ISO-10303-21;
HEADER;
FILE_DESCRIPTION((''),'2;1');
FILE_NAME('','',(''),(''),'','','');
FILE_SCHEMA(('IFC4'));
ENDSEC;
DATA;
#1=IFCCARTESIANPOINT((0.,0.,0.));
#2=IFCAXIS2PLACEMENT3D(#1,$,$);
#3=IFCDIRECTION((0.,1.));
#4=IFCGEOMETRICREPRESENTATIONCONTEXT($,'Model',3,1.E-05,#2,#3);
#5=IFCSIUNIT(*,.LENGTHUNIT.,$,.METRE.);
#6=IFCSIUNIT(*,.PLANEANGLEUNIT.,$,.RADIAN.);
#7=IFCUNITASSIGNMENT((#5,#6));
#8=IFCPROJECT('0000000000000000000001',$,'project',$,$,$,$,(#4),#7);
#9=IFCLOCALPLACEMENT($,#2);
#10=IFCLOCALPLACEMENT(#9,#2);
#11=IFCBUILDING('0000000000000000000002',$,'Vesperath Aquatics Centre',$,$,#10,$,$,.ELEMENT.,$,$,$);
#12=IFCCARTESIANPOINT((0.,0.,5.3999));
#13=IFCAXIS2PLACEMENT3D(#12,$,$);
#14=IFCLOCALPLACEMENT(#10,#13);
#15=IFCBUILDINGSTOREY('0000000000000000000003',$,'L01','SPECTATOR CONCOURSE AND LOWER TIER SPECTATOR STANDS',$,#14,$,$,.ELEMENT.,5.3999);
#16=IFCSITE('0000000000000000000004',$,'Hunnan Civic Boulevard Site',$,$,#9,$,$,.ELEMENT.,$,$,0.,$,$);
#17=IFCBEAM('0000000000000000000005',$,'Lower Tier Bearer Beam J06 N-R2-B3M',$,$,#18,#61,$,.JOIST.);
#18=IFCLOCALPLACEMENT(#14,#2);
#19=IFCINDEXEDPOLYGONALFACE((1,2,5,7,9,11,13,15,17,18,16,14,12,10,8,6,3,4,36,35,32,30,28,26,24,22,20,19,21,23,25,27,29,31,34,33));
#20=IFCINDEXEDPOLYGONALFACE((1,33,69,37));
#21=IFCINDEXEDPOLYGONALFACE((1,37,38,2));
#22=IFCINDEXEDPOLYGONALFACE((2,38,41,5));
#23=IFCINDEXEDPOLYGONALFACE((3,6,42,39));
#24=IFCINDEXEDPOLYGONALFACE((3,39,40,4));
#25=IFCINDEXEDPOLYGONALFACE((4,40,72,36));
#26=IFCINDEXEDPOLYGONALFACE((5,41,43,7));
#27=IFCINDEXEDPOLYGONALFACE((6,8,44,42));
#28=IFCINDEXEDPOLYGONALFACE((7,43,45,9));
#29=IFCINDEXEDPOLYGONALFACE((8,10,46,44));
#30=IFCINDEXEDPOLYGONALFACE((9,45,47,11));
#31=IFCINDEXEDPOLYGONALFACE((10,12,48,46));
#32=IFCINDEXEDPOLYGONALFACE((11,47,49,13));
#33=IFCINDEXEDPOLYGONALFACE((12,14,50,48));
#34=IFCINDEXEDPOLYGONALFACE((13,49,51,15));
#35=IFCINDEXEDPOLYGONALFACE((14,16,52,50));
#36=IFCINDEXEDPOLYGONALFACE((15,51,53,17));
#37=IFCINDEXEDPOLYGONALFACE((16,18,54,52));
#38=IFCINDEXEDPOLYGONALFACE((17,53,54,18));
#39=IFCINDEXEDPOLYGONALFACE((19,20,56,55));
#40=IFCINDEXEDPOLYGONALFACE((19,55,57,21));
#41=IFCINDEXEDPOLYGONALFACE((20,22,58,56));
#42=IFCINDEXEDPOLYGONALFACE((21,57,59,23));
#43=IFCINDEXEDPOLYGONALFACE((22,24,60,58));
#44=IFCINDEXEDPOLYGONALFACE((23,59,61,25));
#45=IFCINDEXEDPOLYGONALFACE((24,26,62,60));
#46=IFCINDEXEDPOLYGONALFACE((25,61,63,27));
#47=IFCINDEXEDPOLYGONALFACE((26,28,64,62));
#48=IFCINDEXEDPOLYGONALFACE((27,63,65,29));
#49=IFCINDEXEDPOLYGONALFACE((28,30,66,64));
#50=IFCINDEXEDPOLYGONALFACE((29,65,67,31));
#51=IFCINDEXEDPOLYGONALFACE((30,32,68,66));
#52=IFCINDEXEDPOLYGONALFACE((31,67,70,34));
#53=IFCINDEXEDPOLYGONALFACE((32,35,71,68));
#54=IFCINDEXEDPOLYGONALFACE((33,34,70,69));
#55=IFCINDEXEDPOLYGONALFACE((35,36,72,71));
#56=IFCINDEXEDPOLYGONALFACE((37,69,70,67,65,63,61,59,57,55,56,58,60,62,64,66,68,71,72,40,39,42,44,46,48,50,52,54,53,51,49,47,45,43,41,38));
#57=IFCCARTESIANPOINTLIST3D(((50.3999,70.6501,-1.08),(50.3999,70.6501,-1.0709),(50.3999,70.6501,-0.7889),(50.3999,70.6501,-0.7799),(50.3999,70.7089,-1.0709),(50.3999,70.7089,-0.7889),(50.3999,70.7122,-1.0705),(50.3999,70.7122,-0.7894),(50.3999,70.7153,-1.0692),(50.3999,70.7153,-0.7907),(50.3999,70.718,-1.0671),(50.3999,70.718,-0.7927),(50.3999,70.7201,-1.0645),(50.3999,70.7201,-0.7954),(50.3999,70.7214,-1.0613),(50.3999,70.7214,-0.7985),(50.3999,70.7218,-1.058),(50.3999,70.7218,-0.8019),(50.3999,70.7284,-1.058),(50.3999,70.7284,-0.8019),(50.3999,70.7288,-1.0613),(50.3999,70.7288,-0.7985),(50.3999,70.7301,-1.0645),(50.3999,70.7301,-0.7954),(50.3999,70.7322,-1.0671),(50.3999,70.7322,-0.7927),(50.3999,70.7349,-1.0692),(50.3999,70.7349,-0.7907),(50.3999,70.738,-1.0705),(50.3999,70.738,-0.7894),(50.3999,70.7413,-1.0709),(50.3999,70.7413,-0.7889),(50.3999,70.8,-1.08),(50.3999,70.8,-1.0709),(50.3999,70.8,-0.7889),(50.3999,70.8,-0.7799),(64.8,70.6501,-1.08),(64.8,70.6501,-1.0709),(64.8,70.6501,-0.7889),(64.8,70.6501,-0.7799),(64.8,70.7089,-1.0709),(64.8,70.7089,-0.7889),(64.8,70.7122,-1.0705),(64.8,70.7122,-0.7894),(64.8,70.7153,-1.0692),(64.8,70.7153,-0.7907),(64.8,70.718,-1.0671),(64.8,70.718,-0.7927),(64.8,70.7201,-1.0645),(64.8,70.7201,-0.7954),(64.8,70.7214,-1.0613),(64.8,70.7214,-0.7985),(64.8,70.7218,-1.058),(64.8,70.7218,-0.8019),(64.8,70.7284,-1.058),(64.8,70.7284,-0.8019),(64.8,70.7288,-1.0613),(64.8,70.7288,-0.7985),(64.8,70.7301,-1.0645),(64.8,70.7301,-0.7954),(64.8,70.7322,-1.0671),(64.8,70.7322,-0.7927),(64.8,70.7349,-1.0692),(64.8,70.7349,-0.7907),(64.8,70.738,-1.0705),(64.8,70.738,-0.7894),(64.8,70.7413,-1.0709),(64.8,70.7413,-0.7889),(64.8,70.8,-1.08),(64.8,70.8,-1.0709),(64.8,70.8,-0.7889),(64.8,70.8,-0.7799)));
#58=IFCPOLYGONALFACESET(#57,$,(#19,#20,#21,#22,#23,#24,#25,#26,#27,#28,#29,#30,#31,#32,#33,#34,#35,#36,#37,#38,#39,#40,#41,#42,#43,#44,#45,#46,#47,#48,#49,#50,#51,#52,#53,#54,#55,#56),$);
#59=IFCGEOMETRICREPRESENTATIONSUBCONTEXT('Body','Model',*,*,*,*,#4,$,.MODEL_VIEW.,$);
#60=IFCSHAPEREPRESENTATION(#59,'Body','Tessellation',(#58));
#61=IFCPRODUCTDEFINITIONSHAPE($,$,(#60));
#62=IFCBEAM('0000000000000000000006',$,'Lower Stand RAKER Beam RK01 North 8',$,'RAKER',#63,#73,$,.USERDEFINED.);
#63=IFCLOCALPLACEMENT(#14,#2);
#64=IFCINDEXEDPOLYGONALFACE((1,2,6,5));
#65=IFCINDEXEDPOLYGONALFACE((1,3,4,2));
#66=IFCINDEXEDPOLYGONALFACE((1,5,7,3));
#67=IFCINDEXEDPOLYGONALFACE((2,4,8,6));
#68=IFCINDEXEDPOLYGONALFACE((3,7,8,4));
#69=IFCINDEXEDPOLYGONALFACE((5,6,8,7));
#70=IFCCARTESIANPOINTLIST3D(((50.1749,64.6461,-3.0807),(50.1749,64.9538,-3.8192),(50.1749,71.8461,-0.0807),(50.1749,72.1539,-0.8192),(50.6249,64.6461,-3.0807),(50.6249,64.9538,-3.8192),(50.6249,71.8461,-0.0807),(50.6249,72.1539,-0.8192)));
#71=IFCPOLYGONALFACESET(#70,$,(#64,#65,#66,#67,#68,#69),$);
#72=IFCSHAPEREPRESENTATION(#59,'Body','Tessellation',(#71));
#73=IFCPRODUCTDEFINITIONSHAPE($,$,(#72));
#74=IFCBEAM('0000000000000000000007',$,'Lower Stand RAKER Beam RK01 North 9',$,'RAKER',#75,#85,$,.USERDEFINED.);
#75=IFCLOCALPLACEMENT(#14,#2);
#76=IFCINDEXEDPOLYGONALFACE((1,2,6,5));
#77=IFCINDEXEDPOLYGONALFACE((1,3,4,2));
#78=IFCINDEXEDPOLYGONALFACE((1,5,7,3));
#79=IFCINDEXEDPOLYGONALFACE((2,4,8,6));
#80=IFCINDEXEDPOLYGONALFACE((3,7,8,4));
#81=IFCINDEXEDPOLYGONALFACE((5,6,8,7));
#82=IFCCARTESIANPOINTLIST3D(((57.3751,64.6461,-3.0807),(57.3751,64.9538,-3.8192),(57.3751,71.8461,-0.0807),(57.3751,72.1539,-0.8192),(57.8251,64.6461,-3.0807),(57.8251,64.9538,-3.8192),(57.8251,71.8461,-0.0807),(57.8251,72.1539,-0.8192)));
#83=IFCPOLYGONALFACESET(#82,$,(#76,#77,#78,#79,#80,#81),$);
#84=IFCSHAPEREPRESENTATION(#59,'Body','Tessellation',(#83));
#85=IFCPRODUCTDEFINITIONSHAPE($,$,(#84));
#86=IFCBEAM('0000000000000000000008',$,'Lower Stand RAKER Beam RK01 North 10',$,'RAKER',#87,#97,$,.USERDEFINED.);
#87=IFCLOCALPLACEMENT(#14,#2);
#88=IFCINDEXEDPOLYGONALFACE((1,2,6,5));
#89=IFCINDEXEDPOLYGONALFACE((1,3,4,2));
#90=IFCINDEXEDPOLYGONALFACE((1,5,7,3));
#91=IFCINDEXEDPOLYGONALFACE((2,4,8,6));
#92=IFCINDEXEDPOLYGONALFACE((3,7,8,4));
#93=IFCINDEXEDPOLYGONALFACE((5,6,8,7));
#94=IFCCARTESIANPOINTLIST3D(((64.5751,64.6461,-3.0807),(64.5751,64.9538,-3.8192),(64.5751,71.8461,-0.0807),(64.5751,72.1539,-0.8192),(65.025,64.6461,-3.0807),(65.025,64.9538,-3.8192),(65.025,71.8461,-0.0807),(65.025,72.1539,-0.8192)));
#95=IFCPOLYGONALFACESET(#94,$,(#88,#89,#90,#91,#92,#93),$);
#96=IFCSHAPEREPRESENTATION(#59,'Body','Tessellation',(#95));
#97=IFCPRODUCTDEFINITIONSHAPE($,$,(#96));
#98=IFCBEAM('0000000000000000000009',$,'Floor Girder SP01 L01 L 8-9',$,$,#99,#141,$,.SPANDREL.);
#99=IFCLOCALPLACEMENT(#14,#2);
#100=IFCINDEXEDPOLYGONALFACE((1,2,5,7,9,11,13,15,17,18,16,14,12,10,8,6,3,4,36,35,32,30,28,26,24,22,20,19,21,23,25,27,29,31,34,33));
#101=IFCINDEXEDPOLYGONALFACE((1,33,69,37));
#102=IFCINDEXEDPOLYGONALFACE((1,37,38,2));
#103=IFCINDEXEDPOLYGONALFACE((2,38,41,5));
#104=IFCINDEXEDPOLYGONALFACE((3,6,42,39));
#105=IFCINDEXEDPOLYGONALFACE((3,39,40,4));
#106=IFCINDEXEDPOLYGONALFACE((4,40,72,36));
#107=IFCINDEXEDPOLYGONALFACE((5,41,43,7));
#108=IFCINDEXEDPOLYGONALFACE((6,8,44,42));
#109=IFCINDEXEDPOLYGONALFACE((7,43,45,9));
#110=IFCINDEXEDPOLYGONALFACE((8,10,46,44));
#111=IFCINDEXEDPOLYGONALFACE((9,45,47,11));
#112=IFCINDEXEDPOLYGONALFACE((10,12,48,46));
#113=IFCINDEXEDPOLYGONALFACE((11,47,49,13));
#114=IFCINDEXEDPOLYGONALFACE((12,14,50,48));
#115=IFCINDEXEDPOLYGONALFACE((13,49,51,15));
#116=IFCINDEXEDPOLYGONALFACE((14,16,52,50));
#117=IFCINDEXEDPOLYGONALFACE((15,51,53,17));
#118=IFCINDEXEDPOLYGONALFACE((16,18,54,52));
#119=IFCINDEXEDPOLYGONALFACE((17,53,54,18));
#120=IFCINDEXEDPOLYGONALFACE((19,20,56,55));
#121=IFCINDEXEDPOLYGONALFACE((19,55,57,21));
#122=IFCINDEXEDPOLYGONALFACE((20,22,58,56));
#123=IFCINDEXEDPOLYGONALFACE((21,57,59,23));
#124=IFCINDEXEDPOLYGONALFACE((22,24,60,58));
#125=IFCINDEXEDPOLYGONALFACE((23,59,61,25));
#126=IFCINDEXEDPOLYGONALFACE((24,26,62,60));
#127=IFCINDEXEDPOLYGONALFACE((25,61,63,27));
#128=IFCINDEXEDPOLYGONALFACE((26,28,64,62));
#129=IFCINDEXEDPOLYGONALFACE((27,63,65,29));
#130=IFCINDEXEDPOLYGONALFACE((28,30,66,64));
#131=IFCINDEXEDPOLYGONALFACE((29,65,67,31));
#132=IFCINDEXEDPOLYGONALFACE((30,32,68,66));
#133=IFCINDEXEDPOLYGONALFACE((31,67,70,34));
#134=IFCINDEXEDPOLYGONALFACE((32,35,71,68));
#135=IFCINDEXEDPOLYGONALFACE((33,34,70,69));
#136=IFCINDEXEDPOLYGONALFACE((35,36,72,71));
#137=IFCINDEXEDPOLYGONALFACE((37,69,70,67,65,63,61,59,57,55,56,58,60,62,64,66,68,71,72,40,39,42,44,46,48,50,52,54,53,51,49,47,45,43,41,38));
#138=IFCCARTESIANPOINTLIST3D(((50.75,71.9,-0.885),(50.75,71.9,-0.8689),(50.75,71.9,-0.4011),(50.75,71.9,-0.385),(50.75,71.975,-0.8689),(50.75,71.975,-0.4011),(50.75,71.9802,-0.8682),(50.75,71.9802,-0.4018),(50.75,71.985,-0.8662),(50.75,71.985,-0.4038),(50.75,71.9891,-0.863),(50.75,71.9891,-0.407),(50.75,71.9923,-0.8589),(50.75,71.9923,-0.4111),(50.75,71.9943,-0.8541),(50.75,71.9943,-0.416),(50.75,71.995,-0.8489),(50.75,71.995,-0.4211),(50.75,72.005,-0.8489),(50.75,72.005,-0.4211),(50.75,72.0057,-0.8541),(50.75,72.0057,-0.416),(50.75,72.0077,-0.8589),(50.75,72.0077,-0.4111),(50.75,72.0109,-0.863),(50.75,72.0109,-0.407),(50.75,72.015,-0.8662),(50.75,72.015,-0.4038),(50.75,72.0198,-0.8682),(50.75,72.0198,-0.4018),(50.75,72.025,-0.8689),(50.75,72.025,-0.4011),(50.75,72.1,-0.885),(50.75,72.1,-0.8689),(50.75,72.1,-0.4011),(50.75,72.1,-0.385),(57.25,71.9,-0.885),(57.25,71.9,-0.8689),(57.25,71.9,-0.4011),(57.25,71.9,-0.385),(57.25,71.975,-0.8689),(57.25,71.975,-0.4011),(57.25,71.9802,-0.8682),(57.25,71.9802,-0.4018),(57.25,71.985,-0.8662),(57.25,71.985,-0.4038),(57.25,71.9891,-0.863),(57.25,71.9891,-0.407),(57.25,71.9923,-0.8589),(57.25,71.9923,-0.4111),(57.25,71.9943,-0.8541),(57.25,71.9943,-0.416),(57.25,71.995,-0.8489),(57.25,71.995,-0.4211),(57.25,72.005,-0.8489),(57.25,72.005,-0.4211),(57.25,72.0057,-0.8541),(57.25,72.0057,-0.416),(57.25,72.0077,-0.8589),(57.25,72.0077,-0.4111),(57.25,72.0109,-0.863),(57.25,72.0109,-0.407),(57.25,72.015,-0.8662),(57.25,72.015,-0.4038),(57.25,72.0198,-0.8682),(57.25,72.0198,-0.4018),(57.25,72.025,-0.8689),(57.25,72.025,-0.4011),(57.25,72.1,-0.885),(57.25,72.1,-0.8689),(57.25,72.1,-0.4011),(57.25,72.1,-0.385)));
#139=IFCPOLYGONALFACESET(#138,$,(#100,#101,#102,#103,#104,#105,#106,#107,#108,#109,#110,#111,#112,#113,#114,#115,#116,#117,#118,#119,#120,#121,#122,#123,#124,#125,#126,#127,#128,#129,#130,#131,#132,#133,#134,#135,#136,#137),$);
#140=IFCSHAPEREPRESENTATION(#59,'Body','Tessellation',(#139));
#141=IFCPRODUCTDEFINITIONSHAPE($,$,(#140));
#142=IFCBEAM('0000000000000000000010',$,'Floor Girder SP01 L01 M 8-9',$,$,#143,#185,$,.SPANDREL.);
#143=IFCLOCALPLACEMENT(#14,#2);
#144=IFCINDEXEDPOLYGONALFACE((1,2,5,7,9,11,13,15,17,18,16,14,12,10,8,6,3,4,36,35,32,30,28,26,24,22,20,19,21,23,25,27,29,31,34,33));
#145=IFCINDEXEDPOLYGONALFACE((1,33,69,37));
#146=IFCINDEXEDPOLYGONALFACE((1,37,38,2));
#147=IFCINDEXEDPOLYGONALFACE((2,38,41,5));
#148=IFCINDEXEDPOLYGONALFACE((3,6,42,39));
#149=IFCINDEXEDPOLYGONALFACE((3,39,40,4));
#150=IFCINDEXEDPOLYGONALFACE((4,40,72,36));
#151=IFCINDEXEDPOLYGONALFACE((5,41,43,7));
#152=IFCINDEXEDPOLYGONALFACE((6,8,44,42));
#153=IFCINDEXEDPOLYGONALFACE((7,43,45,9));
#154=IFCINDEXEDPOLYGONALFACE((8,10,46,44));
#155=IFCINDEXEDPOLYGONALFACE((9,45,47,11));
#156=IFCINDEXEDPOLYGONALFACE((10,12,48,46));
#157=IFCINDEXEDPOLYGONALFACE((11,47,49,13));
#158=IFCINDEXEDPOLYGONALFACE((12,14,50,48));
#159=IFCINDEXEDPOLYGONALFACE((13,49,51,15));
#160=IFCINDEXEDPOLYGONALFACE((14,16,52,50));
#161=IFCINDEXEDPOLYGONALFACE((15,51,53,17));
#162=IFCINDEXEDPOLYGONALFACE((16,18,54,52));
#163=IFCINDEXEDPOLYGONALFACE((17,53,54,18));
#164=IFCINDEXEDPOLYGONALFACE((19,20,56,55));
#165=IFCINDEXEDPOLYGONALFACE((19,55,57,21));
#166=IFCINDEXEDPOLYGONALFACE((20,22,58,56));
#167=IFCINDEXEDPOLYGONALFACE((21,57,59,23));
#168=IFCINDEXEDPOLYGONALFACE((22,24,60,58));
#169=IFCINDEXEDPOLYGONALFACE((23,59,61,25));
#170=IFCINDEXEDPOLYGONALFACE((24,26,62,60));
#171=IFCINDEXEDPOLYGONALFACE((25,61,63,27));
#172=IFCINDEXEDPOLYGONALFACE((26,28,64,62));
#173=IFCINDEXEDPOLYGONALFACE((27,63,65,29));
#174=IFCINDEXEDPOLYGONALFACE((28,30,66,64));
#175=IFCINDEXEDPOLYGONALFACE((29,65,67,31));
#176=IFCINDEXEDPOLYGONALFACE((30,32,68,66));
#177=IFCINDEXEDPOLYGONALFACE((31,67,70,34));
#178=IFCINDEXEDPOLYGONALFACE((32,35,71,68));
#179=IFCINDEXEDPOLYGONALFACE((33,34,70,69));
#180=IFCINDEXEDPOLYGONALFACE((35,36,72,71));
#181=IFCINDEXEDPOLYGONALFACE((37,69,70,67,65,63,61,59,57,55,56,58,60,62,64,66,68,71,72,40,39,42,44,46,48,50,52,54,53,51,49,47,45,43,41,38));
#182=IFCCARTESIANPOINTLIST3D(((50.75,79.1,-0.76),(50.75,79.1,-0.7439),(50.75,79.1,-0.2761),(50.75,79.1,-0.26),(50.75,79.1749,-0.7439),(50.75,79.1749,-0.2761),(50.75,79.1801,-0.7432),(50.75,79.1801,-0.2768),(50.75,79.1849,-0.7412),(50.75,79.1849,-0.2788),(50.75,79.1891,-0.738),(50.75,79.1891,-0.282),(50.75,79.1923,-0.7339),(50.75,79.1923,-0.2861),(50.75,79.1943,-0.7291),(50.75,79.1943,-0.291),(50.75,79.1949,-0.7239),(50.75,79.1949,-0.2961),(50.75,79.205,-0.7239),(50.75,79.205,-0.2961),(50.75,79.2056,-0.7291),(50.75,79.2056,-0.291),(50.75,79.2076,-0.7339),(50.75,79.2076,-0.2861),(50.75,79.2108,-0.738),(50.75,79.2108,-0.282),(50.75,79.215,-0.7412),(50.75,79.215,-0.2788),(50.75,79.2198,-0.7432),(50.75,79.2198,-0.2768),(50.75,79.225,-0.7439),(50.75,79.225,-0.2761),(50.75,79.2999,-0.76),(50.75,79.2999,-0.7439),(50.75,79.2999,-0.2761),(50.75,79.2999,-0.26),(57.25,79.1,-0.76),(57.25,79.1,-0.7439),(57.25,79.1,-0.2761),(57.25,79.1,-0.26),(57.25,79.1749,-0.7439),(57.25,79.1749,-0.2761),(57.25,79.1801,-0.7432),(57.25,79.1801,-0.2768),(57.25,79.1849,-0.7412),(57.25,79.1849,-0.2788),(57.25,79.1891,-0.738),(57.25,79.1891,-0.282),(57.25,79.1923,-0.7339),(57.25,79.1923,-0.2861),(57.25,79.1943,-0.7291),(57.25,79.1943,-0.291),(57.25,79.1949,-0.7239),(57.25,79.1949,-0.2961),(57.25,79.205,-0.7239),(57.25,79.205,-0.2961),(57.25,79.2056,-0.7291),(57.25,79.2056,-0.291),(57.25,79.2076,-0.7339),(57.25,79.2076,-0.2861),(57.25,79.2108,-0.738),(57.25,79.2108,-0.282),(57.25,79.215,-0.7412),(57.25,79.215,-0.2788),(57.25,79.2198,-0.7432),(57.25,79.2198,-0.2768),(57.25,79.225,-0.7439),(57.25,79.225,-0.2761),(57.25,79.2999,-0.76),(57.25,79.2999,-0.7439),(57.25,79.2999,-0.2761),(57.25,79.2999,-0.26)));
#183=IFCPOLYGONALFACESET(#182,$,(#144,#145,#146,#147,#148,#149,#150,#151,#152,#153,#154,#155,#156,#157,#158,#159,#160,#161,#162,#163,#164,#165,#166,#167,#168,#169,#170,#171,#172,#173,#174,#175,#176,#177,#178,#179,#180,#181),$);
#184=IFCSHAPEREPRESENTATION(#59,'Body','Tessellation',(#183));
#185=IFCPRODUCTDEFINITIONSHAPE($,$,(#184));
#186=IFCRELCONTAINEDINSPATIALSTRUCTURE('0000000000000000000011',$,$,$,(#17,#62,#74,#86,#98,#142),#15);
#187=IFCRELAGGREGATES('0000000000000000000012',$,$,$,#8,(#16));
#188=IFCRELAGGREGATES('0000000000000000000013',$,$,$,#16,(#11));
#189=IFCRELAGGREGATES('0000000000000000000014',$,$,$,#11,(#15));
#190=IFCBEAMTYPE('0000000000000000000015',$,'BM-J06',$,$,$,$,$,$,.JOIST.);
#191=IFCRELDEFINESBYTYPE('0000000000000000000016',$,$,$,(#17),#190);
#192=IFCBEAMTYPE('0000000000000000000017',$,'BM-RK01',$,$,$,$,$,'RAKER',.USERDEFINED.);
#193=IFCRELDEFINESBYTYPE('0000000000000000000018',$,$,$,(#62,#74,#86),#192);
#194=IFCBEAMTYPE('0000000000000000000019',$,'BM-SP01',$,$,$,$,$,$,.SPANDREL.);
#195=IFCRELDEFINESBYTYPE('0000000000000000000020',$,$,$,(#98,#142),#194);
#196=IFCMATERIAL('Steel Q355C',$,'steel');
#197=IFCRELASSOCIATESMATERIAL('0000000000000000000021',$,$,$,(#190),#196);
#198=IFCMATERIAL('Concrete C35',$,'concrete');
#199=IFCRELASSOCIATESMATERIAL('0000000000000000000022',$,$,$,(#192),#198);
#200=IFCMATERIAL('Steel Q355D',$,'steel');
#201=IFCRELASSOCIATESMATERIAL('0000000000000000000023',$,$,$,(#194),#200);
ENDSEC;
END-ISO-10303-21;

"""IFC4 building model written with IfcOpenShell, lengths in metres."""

from ifc_helpers import new_model, si_unit, direction, frame, origin, origin_2d, place, context, subcontext, project, spatial, rectangle, i_section, extrude, material, material_profile, profile_set, type_object, element, save


model = new_model("IFC4")

# Units and contexts
model_context = context("Model", 3, precision=1e-05, world=origin(), true_north=direction((0.0, 1.0)))
body_context = subcontext(model_context, "Body", "Model", "MODEL_VIEW")
ifc_project = project(units=[si_unit("LENGTHUNIT", "METRE"), si_unit("PLANEANGLEUNIT", "RADIAN")], contexts=[model_context])

# Site, building, storey
site_placement = place(None, origin())
site = spatial("IfcSite", under=ifc_project, at=site_placement, Name="Hunnan Civic Boulevard Site", CompositionType="ELEMENT", RefElevation=0.0)
building_placement = place(site_placement, origin())
building = spatial("IfcBuilding", under=site, at=building_placement, Name="Vesperath Aquatics Centre", CompositionType="ELEMENT")
storey_placement = place(building_placement, frame((0.0, 0.0, 5.3999)))
storey = spatial("IfcBuildingStorey", under=building, at=storey_placement, Name="L01", Description="SPECTATOR CONCOURSE AND LOWER TIER SPECTATOR STANDS", CompositionType="ELEMENT", Elevation=5.3999)

# Beams
ifc_material_1 = material(Name="Concrete C35", Category="concrete")
ifc_material_2 = material(Name="Steel Q355C", Category="steel")
ifc_material_profile_1 = material_profile(ifc_material_2, i_section(OverallWidth=0.1499, OverallDepth=0.3, WebThickness=0.0066, FlangeThickness=0.009, FilletRadius=0.0129, at=origin_2d()), Name="HN 300x150x6.5x9")
ifc_profile_set_1 = profile_set([ifc_material_profile_1], Name="Steel Q355C")
beam_type_1 = type_object("IfcBeamType", Name="BM-J06", PredefinedType="JOIST", material=ifc_profile_set_1)
for number, where, z_axis, x_axis, name in (
    (1, (50.3999, 70.7251, -0.9299), (1.0, 0.0, 0.0), (0.0, 1.0, 0.0), "Lower Tier Bearer Beam J06 N-R2-B3M"),
):
    element("IfcBeam", number, at=place(storey_placement, frame(where, z_axis=z_axis, x_axis=x_axis)), inside=storey, type_object=beam_type_1, Name=name, PredefinedType="JOIST", context=body_context, shape_type="SweptSolid", body=[
        extrude(i_section(OverallWidth=0.1499, OverallDepth=0.3, WebThickness=0.0066, FlangeThickness=0.009, FilletRadius=0.0129, at=origin_2d()), origin(), (0.0, 0.0, 1.0), 14.4001),
    ])
ifc_material_profile_2 = material_profile(ifc_material_1, rectangle(XDim=0.45, YDim=0.8, at=origin_2d()), Name="RC 450x800")
ifc_profile_set_2 = profile_set([ifc_material_profile_2], Name="Concrete C35")
beam_type_2 = type_object("IfcBeamType", Name="BM-RK01", ElementType="RAKER", PredefinedType="USERDEFINED", material=ifc_profile_set_2)
for number, where, z_axis, x_axis, name in (
    (2, (50.3999, 72.0, -0.45), (0.0, -0.923076, -0.384618), (1.0, 0.0, 0.0), "Lower Stand RAKER Beam RK01 North 8"),
    (3, (57.6001, 72.0, -0.45), (0.0, -0.923076, -0.384618), (1.0, 0.0, 0.0), "Lower Stand RAKER Beam RK01 North 9"),
    (4, (64.8, 72.0, -0.45), (0.0, -0.923076, -0.384618), (1.0, 0.0, 0.0), "Lower Stand RAKER Beam RK01 North 10"),
):
    element("IfcBeam", number, at=place(storey_placement, frame(where, z_axis=z_axis, x_axis=x_axis)), inside=storey, type_object=beam_type_2, Name=name, ObjectType="RAKER", PredefinedType="USERDEFINED", context=body_context, shape_type="SweptSolid", body=[
        extrude(rectangle(XDim=0.45, YDim=0.8, at=origin_2d()), origin(), (0.0, 0.0, 1.0), 7.8),
    ])
ifc_material_3 = material(Name="Steel Q355D", Category="steel")
ifc_material_profile_3 = material_profile(ifc_material_3, i_section(OverallWidth=0.2, OverallDepth=0.5, WebThickness=0.01, FlangeThickness=0.0161, FilletRadius=0.02, at=origin_2d()), Name="HN 500x200x10x16")
ifc_profile_set_3 = profile_set([ifc_material_profile_3], Name="Steel Q355D")
beam_type_3 = type_object("IfcBeamType", Name="BM-SP01", PredefinedType="SPANDREL", material=ifc_profile_set_3)
for number, where, z_axis, x_axis, name in (
    (5, (50.75, 72.0, -0.635), (1.0, 0.0, 0.0), (0.0, 1.0, 0.0), "Floor Girder SP01 L01 L 8-9"),
    (6, (50.75, 79.2, -0.51), (1.0, 0.0, 0.0), (0.0, 1.0, 0.0), "Floor Girder SP01 L01 M 8-9"),
):
    element("IfcBeam", number, at=place(storey_placement, frame(where, z_axis=z_axis, x_axis=x_axis)), inside=storey, type_object=beam_type_3, Name=name, PredefinedType="SPANDREL", context=body_context, shape_type="SweptSolid", body=[
        extrude(i_section(OverallWidth=0.2, OverallDepth=0.5, WebThickness=0.01, FlangeThickness=0.0161, FilletRadius=0.02, at=origin_2d()), origin(), (0.0, 0.0, 1.0), 6.5),
    ])

save(model, "model.ifc")
